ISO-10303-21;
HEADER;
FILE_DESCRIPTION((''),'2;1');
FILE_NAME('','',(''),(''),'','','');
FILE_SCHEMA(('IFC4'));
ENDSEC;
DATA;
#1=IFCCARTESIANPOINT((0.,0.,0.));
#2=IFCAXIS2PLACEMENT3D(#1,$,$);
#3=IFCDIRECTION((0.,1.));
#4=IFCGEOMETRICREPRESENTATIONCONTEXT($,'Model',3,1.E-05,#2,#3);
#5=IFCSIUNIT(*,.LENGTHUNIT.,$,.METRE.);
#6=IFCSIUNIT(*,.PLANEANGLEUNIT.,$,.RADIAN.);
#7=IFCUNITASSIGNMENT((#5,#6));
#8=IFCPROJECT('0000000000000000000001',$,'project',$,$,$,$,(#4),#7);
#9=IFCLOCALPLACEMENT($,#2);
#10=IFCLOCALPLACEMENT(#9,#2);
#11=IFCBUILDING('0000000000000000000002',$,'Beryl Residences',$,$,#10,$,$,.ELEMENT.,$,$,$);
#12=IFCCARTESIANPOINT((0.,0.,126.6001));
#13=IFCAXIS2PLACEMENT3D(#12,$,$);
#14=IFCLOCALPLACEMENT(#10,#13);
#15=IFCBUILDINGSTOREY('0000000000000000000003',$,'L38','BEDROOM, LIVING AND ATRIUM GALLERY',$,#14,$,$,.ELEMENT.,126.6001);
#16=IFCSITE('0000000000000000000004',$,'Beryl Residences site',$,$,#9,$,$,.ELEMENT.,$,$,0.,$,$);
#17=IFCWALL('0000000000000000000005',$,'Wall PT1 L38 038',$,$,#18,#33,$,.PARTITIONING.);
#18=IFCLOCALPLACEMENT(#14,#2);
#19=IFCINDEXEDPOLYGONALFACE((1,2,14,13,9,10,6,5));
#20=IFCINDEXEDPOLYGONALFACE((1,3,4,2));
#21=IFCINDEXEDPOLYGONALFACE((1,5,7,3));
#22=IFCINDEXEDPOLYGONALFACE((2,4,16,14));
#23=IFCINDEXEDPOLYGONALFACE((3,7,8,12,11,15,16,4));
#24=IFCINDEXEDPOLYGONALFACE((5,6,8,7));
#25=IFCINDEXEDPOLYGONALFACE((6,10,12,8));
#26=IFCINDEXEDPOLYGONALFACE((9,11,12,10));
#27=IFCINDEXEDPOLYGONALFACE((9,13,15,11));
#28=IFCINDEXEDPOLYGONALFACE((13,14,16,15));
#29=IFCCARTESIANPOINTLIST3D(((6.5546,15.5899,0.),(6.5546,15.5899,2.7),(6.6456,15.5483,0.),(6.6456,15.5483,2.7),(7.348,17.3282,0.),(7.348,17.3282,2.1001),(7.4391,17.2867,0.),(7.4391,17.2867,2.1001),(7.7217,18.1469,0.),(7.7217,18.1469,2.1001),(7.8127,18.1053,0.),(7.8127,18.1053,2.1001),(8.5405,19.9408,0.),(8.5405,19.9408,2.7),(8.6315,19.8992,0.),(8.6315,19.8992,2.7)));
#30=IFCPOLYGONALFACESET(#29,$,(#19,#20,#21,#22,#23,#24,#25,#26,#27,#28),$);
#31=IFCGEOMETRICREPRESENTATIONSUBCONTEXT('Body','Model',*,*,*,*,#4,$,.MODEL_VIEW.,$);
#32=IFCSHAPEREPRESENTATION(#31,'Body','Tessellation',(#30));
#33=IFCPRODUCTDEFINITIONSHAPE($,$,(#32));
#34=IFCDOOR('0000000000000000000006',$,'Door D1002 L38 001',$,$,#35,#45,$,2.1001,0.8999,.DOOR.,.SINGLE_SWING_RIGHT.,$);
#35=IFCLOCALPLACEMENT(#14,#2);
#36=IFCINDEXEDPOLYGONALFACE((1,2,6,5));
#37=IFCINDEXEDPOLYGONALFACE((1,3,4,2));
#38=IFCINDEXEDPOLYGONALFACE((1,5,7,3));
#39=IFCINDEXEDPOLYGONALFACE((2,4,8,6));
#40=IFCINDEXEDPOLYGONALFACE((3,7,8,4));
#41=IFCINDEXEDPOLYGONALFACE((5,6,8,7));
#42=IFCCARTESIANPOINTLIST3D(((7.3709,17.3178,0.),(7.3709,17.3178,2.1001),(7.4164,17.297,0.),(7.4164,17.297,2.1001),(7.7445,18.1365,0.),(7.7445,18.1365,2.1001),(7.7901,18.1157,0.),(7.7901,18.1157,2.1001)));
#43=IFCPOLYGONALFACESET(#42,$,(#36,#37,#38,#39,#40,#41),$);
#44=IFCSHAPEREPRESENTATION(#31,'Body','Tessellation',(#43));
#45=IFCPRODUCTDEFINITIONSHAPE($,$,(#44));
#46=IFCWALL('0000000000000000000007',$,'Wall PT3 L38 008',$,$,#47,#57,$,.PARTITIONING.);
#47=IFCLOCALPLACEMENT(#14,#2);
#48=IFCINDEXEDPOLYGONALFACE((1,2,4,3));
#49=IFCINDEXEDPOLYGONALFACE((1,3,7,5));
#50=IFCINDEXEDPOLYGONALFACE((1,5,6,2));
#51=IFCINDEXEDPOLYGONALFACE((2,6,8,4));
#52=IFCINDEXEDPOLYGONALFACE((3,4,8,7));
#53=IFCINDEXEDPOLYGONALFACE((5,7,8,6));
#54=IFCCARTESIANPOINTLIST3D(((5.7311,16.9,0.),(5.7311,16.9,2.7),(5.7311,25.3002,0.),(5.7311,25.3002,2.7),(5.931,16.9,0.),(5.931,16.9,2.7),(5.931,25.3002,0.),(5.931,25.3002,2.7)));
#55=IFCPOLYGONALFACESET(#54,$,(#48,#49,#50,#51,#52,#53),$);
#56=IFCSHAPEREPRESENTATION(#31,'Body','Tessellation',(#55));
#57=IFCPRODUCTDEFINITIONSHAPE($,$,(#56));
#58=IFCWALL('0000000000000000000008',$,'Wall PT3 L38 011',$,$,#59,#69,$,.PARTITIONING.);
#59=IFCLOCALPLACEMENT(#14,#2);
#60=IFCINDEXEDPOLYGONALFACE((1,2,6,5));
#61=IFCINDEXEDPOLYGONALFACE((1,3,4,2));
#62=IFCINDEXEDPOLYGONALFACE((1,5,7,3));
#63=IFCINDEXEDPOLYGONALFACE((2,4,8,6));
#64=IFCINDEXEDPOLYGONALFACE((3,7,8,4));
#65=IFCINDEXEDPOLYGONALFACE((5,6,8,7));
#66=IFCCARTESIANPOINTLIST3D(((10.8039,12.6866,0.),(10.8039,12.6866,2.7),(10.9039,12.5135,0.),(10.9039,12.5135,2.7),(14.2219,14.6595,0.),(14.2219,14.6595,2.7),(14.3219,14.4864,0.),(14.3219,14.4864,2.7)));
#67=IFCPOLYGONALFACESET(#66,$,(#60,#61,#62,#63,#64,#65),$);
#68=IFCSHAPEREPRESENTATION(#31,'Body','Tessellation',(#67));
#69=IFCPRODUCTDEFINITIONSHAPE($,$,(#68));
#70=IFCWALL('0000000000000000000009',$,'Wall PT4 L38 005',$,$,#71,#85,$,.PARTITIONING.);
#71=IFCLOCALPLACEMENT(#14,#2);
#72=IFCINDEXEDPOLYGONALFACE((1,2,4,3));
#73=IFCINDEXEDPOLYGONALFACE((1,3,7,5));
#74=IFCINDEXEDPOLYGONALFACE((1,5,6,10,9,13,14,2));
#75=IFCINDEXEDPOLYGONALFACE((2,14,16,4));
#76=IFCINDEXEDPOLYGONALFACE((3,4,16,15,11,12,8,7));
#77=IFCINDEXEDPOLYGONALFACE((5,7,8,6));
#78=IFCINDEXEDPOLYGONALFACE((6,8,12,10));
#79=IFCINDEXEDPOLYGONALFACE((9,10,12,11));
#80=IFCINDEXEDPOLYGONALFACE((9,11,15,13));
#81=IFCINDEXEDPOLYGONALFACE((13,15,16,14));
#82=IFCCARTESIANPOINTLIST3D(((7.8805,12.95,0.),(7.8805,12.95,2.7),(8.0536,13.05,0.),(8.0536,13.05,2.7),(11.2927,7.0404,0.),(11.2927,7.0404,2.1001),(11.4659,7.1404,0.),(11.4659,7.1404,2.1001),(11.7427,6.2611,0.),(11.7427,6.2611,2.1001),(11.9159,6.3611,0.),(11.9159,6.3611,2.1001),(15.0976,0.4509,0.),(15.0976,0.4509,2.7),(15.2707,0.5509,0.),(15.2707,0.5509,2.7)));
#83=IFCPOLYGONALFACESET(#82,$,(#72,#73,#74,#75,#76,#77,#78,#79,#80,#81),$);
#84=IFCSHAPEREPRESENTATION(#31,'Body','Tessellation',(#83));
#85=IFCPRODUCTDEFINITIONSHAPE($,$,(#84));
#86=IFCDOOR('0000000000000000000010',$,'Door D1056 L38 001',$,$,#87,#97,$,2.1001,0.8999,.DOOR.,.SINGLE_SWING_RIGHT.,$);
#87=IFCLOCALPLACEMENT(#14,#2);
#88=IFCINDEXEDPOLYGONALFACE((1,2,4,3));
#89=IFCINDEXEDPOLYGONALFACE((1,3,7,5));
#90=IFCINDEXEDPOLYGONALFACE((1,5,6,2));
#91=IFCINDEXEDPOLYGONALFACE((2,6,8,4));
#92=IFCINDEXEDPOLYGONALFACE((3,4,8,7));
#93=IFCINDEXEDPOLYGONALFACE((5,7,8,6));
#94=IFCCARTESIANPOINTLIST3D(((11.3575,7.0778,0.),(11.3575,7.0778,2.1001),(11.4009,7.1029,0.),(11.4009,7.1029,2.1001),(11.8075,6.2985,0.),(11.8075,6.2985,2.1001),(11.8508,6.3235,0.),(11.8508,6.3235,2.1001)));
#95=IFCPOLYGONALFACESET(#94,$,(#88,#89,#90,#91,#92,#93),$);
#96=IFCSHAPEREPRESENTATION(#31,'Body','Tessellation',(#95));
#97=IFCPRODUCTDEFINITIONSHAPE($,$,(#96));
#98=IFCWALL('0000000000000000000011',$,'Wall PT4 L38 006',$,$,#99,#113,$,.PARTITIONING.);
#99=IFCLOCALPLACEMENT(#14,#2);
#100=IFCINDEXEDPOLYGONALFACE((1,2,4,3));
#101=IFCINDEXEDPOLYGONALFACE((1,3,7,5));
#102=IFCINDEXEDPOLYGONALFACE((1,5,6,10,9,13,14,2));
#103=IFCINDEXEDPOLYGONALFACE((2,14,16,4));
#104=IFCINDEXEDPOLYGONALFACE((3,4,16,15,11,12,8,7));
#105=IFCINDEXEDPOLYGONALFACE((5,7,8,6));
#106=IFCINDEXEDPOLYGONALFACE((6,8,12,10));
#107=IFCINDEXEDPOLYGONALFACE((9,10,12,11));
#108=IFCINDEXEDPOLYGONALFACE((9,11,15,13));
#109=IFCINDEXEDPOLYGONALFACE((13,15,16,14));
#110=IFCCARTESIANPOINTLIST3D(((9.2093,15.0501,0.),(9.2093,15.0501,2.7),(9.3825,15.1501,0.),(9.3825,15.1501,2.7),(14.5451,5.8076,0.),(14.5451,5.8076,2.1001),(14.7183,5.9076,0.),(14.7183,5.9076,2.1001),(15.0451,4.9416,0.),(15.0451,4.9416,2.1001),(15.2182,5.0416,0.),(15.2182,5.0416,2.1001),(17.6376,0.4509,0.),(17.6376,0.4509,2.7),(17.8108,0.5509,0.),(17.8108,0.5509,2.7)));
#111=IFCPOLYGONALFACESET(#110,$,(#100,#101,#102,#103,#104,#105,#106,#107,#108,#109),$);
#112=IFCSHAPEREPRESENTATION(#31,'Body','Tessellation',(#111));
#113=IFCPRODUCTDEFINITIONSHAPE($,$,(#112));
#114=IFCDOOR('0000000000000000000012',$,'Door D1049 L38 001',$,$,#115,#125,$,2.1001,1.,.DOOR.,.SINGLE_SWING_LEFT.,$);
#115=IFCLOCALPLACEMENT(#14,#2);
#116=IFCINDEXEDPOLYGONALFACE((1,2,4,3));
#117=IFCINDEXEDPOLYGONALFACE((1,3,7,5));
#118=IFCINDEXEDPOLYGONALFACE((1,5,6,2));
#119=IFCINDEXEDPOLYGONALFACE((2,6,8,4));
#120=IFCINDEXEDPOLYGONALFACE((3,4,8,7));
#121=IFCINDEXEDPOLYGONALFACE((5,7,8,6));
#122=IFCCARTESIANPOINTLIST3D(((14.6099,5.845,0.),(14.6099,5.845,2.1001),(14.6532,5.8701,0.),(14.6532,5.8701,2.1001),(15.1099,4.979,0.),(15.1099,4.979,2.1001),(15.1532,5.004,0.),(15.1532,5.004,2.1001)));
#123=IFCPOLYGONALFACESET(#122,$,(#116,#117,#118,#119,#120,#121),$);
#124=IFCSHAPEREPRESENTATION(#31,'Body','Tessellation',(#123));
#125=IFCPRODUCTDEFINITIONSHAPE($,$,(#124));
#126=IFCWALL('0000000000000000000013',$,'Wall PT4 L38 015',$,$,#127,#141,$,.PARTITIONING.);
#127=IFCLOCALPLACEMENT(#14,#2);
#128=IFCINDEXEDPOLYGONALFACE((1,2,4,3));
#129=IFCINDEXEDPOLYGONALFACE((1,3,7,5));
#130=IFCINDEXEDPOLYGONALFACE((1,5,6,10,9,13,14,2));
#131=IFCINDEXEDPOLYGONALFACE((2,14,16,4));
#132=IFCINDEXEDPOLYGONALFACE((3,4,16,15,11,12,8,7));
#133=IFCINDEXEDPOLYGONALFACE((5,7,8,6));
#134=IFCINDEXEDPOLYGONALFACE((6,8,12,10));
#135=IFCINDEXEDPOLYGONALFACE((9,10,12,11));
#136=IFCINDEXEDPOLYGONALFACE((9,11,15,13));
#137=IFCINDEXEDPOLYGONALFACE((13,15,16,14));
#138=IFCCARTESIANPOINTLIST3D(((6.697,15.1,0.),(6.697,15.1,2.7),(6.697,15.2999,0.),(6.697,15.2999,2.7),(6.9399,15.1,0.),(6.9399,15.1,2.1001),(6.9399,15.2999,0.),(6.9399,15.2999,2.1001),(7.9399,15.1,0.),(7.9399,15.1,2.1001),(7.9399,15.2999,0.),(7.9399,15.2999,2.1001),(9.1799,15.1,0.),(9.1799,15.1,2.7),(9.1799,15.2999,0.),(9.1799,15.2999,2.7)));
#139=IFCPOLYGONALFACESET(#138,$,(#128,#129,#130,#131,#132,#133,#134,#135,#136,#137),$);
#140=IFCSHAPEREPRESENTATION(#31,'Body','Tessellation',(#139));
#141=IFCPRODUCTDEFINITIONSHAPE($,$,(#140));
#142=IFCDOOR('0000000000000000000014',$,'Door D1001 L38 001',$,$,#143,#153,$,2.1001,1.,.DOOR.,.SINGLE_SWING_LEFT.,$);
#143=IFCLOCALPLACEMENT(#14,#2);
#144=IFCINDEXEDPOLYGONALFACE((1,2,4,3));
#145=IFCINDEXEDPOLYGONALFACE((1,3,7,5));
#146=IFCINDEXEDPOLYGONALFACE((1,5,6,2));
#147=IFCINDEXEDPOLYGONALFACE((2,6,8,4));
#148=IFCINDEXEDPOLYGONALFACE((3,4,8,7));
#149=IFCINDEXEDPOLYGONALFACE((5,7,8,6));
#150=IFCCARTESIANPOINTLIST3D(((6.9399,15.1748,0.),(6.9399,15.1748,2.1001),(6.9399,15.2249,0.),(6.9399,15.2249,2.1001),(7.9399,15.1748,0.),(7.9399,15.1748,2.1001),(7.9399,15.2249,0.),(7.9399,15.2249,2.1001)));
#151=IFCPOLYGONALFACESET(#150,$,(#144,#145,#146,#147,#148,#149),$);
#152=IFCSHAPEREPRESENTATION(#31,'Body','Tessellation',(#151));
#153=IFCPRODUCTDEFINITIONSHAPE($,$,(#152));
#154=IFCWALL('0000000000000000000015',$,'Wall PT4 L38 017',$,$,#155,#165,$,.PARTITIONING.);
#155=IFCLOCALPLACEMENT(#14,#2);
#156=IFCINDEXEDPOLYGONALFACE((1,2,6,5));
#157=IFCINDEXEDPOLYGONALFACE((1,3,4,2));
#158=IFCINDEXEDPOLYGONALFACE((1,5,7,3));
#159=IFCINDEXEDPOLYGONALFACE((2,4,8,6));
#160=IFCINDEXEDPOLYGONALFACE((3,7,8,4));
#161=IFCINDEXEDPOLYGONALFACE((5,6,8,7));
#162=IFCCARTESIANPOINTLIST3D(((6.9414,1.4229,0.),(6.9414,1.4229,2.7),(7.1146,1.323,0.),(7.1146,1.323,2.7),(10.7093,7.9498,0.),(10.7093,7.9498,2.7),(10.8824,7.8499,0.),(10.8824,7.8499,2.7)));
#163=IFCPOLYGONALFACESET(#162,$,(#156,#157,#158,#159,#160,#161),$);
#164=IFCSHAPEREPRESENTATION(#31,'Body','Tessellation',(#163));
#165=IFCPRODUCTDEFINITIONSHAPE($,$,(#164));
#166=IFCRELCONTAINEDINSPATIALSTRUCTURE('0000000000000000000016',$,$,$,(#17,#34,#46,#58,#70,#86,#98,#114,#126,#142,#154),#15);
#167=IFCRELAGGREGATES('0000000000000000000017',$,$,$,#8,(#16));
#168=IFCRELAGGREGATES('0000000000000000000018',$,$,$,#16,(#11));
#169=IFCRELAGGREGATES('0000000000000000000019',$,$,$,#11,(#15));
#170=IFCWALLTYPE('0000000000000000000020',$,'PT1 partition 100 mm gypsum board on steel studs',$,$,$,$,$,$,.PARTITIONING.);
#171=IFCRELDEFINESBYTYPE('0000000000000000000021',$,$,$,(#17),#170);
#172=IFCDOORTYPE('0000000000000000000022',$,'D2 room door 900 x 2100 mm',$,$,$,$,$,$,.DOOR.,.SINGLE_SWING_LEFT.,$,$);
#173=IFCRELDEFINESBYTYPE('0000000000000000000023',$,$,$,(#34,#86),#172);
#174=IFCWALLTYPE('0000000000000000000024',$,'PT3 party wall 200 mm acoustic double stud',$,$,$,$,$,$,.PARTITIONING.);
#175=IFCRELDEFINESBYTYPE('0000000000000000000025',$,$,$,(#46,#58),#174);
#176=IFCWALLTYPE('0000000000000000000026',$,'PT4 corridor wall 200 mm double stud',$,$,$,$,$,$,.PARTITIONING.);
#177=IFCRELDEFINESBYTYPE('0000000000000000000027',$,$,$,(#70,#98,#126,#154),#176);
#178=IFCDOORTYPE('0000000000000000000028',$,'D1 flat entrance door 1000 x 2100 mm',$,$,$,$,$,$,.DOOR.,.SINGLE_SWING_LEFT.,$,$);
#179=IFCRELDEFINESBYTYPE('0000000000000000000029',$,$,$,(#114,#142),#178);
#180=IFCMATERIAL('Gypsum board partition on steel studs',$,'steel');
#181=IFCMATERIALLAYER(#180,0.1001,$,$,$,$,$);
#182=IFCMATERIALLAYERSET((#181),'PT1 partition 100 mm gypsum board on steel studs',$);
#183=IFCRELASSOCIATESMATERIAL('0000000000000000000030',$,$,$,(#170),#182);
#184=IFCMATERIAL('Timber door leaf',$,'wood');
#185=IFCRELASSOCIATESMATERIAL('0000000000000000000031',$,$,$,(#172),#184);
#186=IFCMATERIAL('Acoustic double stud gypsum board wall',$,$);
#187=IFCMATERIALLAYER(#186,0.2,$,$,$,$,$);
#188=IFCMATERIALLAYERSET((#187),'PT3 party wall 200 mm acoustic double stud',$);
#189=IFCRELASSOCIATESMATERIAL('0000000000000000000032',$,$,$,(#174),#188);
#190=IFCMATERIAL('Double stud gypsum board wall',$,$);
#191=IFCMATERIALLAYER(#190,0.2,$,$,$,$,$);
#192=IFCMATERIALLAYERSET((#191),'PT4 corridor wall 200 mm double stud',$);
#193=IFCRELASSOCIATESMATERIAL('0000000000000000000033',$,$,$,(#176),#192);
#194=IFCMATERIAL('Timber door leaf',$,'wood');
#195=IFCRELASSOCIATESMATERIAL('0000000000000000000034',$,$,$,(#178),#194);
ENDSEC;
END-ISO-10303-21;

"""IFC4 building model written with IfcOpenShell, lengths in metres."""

from ifc_helpers import new_model, si_unit, direction, frame, frame_2d, origin, place, context, subcontext, project, spatial, rectangle, extrude, material, layer, layer_set, type_object, element, fill, save


model = new_model("IFC4")

# Units and contexts
model_context = context("Model", 3, precision=1e-05, world=origin(), true_north=direction((0.0, 1.0)))
body_context = subcontext(model_context, "Body", "Model", "MODEL_VIEW")
ifc_project = project(units=[si_unit("LENGTHUNIT", "METRE"), si_unit("PLANEANGLEUNIT", "RADIAN")], contexts=[model_context])

# Site, building, storey
site_placement = place(None, origin())
site = spatial("IfcSite", under=ifc_project, at=site_placement, Name="Beryl Residences site", CompositionType="ELEMENT", RefElevation=0.0)
building_placement = place(site_placement, origin())
building = spatial("IfcBuilding", under=site, at=building_placement, Name="Beryl Residences", CompositionType="ELEMENT")
storey_placement = place(building_placement, frame((0.0, 0.0, 126.6001)))
storey = spatial("IfcBuildingStorey", under=building, at=storey_placement, Name="L38", Description="BEDROOM, LIVING AND ATRIUM GALLERY", CompositionType="ELEMENT", Elevation=126.6001)

# Shared definitions
ifc_material_1 = material(Name="Gypsum board partition on steel studs", Category="steel")
ifc_layer_1 = layer(ifc_material_1, 0.1001)
ifc_layer_set_1 = layer_set([ifc_layer_1], Name="PT1 partition 100 mm gypsum board on steel studs")
wall_type_1 = type_object("IfcWallType", Name="PT1 partition 100 mm gypsum board on steel studs", PredefinedType="PARTITIONING", material=ifc_layer_set_1)

# Wall, opening, door
wall_1_placement = place(storey_placement, frame((6.6001, 15.5691, 0.0), z_axis=(0.0, 0.0, 1.0), x_axis=(0.415222, 0.90972, 0.0)))
wall_1 = element("IfcWall", 1, at=wall_1_placement, inside=storey, type_object=wall_type_1, Name="Wall PT1 L38 038", PredefinedType="PARTITIONING", context=body_context, shape_type="SweptSolid", body=[
    extrude(rectangle(XDim=4.7827, YDim=0.1001, at=frame_2d((2.3914, 0.0))), origin(), (0.0, 0.0, 1.0), 2.7),
])
opening_1_placement = place(wall_1_placement, frame((1.9109, 0.0, 0.0)))
opening_1 = element("IfcOpeningElement", 2, at=opening_1_placement, cuts=wall_1, PredefinedType="OPENING", context=body_context, shape_type="SweptSolid", body=[
    extrude(rectangle(XDim=0.8999, YDim=2.1001, at=frame_2d((0.45, 1.05))), frame((0.0, 0.0601, 0.0), z_axis=(0.0, -1.0, 0.0), x_axis=(1.0, 0.0, 0.0)), (0.0, 0.0, 1.0), 0.1201),
])
ifc_material_2 = material(Name="Timber door leaf", Category="wood")
door_type_1 = type_object("IfcDoorType", Name="D2 room door 900 x 2100 mm", OperationType="SINGLE_SWING_LEFT", PredefinedType="DOOR", material=ifc_material_2)
door_1_placement = place(opening_1_placement, origin())
door_1 = element("IfcDoor", 3, at=door_1_placement, inside=storey, type_object=door_type_1, Name="Door D1002 L38 001", OperationType="SINGLE_SWING_RIGHT", OverallHeight=2.1001, OverallWidth=0.8999, PredefinedType="DOOR", context=body_context, shape_type="SweptSolid", body=[
    extrude(rectangle(XDim=0.8999, YDim=2.1001, at=frame_2d((0.45, 1.05))), frame((0.0, 0.0249, 0.0), z_axis=(0.0, -1.0, 0.0), x_axis=(1.0, 0.0, 0.0)), (0.0, 0.0, 1.0), 0.05),
])
fill(opening_1, door_1)

# Walls
ifc_material_3 = material(Name="Acoustic double stud gypsum board wall")
ifc_layer_2 = layer(ifc_material_3, 0.2)
ifc_layer_set_2 = layer_set([ifc_layer_2], Name="PT3 party wall 200 mm acoustic double stud")
wall_type_2 = type_object("IfcWallType", Name="PT3 party wall 200 mm acoustic double stud", PredefinedType="PARTITIONING", material=ifc_layer_set_2)
wall_2_placement = place(storey_placement, frame((5.8311, 16.8999, 0.0), z_axis=(0.0, 0.0, 1.0), x_axis=(0.0, 1.0, 0.0)))
element("IfcWall", 4, at=wall_2_placement, inside=storey, type_object=wall_type_2, Name="Wall PT3 L38 008", PredefinedType="PARTITIONING", context=body_context, shape_type="SweptSolid", body=[
    extrude(rectangle(XDim=8.4001, YDim=0.2, at=frame_2d((4.2002, 0.0))), origin(), (0.0, 0.0, 1.0), 2.7),
])
wall_3_placement = place(storey_placement, frame((10.854, 12.6001, 0.0), z_axis=(0.0, 0.0, 1.0), x_axis=(0.866076, 0.499912, 0.0)))
element("IfcWall", 5, at=wall_3_placement, inside=storey, type_object=wall_type_2, Name="Wall PT3 L38 011", PredefinedType="PARTITIONING", context=body_context, shape_type="SweptSolid", body=[
    extrude(rectangle(XDim=3.9465, YDim=0.2, at=frame_2d((1.9731, 0.0))), origin(), (0.0, 0.0, 1.0), 2.7),
])

# Walls, openings, doors
ifc_material_4 = material(Name="Double stud gypsum board wall")
ifc_layer_3 = layer(ifc_material_4, 0.2)
ifc_layer_set_3 = layer_set([ifc_layer_3], Name="PT4 corridor wall 200 mm double stud")
wall_type_3 = type_object("IfcWallType", Name="PT4 corridor wall 200 mm double stud", PredefinedType="PARTITIONING", material=ifc_layer_set_3)
wall_4_placement = place(storey_placement, frame((7.967, 13.0, 0.0), z_axis=(0.0, 0.0, 1.0), x_axis=(0.500038, -0.866004, 0.0)))
wall_4 = element("IfcWall", 6, at=wall_4_placement, inside=storey, type_object=wall_type_3, Name="Wall PT4 L38 005", PredefinedType="PARTITIONING", context=body_context, shape_type="SweptSolid", body=[
    extrude(rectangle(XDim=14.4331, YDim=0.2, at=frame_2d((7.2166, 0.0))), origin(), (0.0, 0.0, 1.0), 2.7),
])
opening_2_placement = place(wall_4_placement, frame((6.824, 0.0, 0.0)))
opening_2 = element("IfcOpeningElement", 7, at=opening_2_placement, cuts=wall_4, PredefinedType="OPENING", context=body_context, shape_type="SweptSolid", body=[
    extrude(rectangle(XDim=0.8999, YDim=2.1001, at=frame_2d((0.45, 1.05))), frame((0.0, 0.1099, 0.0), z_axis=(0.0, -1.0, 0.0), x_axis=(1.0, 0.0, 0.0)), (0.0, 0.0, 1.0), 0.22),
])
door_2_placement = place(opening_2_placement, origin())
door_2 = element("IfcDoor", 8, at=door_2_placement, inside=storey, type_object=door_type_1, Name="Door D1056 L38 001", OperationType="SINGLE_SWING_RIGHT", OverallHeight=2.1001, OverallWidth=0.8999, PredefinedType="DOOR", context=body_context, shape_type="SweptSolid", body=[
    extrude(rectangle(XDim=0.8999, YDim=2.1001, at=frame_2d((0.45, 1.05))), frame((0.0, 0.0249, 0.0), z_axis=(0.0, -1.0, 0.0), x_axis=(1.0, 0.0, 0.0)), (0.0, 0.0, 1.0), 0.05),
])
fill(opening_2, door_2)
wall_5_placement = place(storey_placement, frame((9.2959, 15.1001, 0.0), z_axis=(0.0, 0.0, 1.0), x_axis=(0.499974, -0.86604, 0.0)))
wall_5 = element("IfcWall", 9, at=wall_5_placement, inside=storey, type_object=wall_type_3, Name="Wall PT4 L38 006", PredefinedType="PARTITIONING", context=body_context, shape_type="SweptSolid", body=[
    extrude(rectangle(XDim=16.8574, YDim=0.2, at=frame_2d((8.4287, 0.0))), origin(), (0.0, 0.0, 1.0), 2.7),
])
opening_3_placement = place(wall_5_placement, frame((10.6721, 0.0, 0.0)))
opening_3 = element("IfcOpeningElement", 10, at=opening_3_placement, cuts=wall_5, PredefinedType="OPENING", context=body_context, shape_type="SweptSolid", body=[
    extrude(rectangle(XDim=1.0, YDim=2.1001, at=frame_2d((0.5, 1.05))), frame((0.0, 0.1099, 0.0), z_axis=(0.0, -1.0, 0.0), x_axis=(1.0, 0.0, 0.0)), (0.0, 0.0, 1.0), 0.22),
])
ifc_material_5 = material(Name="Timber door leaf", Category="wood")
door_type_2 = type_object("IfcDoorType", Name="D1 flat entrance door 1000 x 2100 mm", OperationType="SINGLE_SWING_LEFT", PredefinedType="DOOR", material=ifc_material_5)
door_3_placement = place(opening_3_placement, origin())
door_3 = element("IfcDoor", 11, at=door_3_placement, inside=storey, type_object=door_type_2, Name="Door D1049 L38 001", OperationType="SINGLE_SWING_LEFT", OverallHeight=2.1001, OverallWidth=1.0, PredefinedType="DOOR", context=body_context, shape_type="SweptSolid", body=[
    extrude(rectangle(XDim=1.0, YDim=2.1001, at=frame_2d((0.5, 1.05))), frame((0.0, 0.0249, 0.0), z_axis=(0.0, -1.0, 0.0), x_axis=(1.0, 0.0, 0.0)), (0.0, 0.0, 1.0), 0.05),
])
fill(opening_3, door_3)
wall_6_placement = place(storey_placement, frame((6.697, 15.2, 0.0), z_axis=(0.0, 0.0, 1.0), x_axis=(1.0, 0.0, 0.0)))
wall_6 = element("IfcWall", 12, at=wall_6_placement, inside=storey, type_object=wall_type_3, Name="Wall PT4 L38 015", PredefinedType="PARTITIONING", context=body_context, shape_type="SweptSolid", body=[
    extrude(rectangle(XDim=2.4829, YDim=0.2, at=frame_2d((1.2415, 0.0))), origin(), (0.0, 0.0, 1.0), 2.7),
])
opening_4_placement = place(wall_6_placement, frame((0.2429, 0.0, 0.0)))
opening_4 = element("IfcOpeningElement", 13, at=opening_4_placement, cuts=wall_6, PredefinedType="OPENING", context=body_context, shape_type="SweptSolid", body=[
    extrude(rectangle(XDim=1.0, YDim=2.1001, at=frame_2d((0.5, 1.05))), frame((0.0, 0.1099, 0.0), z_axis=(0.0, -1.0, 0.0), x_axis=(1.0, 0.0, 0.0)), (0.0, 0.0, 1.0), 0.22),
])
door_4_placement = place(opening_4_placement, origin())
door_4 = element("IfcDoor", 14, at=door_4_placement, inside=storey, type_object=door_type_2, Name="Door D1001 L38 001", OperationType="SINGLE_SWING_LEFT", OverallHeight=2.1001, OverallWidth=1.0, PredefinedType="DOOR", context=body_context, shape_type="SweptSolid", body=[
    extrude(rectangle(XDim=1.0, YDim=2.1001, at=frame_2d((0.5, 1.05))), frame((0.0, 0.0249, 0.0), z_axis=(0.0, -1.0, 0.0), x_axis=(1.0, 0.0, 0.0)), (0.0, 0.0, 1.0), 0.05),
])
fill(opening_4, door_4)

# Wall
wall_7_placement = place(storey_placement, frame((7.0281, 1.373, 0.0), z_axis=(0.0, 0.0, 1.0), x_axis=(0.499954, 0.866052, 0.0)))
element("IfcWall", 15, at=wall_7_placement, inside=storey, type_object=wall_type_3, Name="Wall PT4 L38 017", PredefinedType="PARTITIONING", context=body_context, shape_type="SweptSolid", body=[
    extrude(rectangle(XDim=7.5364, YDim=0.2, at=frame_2d((3.7681, 0.0))), origin(), (0.0, 0.0, 1.0), 2.7),
])

save(model, "model.ifc")
